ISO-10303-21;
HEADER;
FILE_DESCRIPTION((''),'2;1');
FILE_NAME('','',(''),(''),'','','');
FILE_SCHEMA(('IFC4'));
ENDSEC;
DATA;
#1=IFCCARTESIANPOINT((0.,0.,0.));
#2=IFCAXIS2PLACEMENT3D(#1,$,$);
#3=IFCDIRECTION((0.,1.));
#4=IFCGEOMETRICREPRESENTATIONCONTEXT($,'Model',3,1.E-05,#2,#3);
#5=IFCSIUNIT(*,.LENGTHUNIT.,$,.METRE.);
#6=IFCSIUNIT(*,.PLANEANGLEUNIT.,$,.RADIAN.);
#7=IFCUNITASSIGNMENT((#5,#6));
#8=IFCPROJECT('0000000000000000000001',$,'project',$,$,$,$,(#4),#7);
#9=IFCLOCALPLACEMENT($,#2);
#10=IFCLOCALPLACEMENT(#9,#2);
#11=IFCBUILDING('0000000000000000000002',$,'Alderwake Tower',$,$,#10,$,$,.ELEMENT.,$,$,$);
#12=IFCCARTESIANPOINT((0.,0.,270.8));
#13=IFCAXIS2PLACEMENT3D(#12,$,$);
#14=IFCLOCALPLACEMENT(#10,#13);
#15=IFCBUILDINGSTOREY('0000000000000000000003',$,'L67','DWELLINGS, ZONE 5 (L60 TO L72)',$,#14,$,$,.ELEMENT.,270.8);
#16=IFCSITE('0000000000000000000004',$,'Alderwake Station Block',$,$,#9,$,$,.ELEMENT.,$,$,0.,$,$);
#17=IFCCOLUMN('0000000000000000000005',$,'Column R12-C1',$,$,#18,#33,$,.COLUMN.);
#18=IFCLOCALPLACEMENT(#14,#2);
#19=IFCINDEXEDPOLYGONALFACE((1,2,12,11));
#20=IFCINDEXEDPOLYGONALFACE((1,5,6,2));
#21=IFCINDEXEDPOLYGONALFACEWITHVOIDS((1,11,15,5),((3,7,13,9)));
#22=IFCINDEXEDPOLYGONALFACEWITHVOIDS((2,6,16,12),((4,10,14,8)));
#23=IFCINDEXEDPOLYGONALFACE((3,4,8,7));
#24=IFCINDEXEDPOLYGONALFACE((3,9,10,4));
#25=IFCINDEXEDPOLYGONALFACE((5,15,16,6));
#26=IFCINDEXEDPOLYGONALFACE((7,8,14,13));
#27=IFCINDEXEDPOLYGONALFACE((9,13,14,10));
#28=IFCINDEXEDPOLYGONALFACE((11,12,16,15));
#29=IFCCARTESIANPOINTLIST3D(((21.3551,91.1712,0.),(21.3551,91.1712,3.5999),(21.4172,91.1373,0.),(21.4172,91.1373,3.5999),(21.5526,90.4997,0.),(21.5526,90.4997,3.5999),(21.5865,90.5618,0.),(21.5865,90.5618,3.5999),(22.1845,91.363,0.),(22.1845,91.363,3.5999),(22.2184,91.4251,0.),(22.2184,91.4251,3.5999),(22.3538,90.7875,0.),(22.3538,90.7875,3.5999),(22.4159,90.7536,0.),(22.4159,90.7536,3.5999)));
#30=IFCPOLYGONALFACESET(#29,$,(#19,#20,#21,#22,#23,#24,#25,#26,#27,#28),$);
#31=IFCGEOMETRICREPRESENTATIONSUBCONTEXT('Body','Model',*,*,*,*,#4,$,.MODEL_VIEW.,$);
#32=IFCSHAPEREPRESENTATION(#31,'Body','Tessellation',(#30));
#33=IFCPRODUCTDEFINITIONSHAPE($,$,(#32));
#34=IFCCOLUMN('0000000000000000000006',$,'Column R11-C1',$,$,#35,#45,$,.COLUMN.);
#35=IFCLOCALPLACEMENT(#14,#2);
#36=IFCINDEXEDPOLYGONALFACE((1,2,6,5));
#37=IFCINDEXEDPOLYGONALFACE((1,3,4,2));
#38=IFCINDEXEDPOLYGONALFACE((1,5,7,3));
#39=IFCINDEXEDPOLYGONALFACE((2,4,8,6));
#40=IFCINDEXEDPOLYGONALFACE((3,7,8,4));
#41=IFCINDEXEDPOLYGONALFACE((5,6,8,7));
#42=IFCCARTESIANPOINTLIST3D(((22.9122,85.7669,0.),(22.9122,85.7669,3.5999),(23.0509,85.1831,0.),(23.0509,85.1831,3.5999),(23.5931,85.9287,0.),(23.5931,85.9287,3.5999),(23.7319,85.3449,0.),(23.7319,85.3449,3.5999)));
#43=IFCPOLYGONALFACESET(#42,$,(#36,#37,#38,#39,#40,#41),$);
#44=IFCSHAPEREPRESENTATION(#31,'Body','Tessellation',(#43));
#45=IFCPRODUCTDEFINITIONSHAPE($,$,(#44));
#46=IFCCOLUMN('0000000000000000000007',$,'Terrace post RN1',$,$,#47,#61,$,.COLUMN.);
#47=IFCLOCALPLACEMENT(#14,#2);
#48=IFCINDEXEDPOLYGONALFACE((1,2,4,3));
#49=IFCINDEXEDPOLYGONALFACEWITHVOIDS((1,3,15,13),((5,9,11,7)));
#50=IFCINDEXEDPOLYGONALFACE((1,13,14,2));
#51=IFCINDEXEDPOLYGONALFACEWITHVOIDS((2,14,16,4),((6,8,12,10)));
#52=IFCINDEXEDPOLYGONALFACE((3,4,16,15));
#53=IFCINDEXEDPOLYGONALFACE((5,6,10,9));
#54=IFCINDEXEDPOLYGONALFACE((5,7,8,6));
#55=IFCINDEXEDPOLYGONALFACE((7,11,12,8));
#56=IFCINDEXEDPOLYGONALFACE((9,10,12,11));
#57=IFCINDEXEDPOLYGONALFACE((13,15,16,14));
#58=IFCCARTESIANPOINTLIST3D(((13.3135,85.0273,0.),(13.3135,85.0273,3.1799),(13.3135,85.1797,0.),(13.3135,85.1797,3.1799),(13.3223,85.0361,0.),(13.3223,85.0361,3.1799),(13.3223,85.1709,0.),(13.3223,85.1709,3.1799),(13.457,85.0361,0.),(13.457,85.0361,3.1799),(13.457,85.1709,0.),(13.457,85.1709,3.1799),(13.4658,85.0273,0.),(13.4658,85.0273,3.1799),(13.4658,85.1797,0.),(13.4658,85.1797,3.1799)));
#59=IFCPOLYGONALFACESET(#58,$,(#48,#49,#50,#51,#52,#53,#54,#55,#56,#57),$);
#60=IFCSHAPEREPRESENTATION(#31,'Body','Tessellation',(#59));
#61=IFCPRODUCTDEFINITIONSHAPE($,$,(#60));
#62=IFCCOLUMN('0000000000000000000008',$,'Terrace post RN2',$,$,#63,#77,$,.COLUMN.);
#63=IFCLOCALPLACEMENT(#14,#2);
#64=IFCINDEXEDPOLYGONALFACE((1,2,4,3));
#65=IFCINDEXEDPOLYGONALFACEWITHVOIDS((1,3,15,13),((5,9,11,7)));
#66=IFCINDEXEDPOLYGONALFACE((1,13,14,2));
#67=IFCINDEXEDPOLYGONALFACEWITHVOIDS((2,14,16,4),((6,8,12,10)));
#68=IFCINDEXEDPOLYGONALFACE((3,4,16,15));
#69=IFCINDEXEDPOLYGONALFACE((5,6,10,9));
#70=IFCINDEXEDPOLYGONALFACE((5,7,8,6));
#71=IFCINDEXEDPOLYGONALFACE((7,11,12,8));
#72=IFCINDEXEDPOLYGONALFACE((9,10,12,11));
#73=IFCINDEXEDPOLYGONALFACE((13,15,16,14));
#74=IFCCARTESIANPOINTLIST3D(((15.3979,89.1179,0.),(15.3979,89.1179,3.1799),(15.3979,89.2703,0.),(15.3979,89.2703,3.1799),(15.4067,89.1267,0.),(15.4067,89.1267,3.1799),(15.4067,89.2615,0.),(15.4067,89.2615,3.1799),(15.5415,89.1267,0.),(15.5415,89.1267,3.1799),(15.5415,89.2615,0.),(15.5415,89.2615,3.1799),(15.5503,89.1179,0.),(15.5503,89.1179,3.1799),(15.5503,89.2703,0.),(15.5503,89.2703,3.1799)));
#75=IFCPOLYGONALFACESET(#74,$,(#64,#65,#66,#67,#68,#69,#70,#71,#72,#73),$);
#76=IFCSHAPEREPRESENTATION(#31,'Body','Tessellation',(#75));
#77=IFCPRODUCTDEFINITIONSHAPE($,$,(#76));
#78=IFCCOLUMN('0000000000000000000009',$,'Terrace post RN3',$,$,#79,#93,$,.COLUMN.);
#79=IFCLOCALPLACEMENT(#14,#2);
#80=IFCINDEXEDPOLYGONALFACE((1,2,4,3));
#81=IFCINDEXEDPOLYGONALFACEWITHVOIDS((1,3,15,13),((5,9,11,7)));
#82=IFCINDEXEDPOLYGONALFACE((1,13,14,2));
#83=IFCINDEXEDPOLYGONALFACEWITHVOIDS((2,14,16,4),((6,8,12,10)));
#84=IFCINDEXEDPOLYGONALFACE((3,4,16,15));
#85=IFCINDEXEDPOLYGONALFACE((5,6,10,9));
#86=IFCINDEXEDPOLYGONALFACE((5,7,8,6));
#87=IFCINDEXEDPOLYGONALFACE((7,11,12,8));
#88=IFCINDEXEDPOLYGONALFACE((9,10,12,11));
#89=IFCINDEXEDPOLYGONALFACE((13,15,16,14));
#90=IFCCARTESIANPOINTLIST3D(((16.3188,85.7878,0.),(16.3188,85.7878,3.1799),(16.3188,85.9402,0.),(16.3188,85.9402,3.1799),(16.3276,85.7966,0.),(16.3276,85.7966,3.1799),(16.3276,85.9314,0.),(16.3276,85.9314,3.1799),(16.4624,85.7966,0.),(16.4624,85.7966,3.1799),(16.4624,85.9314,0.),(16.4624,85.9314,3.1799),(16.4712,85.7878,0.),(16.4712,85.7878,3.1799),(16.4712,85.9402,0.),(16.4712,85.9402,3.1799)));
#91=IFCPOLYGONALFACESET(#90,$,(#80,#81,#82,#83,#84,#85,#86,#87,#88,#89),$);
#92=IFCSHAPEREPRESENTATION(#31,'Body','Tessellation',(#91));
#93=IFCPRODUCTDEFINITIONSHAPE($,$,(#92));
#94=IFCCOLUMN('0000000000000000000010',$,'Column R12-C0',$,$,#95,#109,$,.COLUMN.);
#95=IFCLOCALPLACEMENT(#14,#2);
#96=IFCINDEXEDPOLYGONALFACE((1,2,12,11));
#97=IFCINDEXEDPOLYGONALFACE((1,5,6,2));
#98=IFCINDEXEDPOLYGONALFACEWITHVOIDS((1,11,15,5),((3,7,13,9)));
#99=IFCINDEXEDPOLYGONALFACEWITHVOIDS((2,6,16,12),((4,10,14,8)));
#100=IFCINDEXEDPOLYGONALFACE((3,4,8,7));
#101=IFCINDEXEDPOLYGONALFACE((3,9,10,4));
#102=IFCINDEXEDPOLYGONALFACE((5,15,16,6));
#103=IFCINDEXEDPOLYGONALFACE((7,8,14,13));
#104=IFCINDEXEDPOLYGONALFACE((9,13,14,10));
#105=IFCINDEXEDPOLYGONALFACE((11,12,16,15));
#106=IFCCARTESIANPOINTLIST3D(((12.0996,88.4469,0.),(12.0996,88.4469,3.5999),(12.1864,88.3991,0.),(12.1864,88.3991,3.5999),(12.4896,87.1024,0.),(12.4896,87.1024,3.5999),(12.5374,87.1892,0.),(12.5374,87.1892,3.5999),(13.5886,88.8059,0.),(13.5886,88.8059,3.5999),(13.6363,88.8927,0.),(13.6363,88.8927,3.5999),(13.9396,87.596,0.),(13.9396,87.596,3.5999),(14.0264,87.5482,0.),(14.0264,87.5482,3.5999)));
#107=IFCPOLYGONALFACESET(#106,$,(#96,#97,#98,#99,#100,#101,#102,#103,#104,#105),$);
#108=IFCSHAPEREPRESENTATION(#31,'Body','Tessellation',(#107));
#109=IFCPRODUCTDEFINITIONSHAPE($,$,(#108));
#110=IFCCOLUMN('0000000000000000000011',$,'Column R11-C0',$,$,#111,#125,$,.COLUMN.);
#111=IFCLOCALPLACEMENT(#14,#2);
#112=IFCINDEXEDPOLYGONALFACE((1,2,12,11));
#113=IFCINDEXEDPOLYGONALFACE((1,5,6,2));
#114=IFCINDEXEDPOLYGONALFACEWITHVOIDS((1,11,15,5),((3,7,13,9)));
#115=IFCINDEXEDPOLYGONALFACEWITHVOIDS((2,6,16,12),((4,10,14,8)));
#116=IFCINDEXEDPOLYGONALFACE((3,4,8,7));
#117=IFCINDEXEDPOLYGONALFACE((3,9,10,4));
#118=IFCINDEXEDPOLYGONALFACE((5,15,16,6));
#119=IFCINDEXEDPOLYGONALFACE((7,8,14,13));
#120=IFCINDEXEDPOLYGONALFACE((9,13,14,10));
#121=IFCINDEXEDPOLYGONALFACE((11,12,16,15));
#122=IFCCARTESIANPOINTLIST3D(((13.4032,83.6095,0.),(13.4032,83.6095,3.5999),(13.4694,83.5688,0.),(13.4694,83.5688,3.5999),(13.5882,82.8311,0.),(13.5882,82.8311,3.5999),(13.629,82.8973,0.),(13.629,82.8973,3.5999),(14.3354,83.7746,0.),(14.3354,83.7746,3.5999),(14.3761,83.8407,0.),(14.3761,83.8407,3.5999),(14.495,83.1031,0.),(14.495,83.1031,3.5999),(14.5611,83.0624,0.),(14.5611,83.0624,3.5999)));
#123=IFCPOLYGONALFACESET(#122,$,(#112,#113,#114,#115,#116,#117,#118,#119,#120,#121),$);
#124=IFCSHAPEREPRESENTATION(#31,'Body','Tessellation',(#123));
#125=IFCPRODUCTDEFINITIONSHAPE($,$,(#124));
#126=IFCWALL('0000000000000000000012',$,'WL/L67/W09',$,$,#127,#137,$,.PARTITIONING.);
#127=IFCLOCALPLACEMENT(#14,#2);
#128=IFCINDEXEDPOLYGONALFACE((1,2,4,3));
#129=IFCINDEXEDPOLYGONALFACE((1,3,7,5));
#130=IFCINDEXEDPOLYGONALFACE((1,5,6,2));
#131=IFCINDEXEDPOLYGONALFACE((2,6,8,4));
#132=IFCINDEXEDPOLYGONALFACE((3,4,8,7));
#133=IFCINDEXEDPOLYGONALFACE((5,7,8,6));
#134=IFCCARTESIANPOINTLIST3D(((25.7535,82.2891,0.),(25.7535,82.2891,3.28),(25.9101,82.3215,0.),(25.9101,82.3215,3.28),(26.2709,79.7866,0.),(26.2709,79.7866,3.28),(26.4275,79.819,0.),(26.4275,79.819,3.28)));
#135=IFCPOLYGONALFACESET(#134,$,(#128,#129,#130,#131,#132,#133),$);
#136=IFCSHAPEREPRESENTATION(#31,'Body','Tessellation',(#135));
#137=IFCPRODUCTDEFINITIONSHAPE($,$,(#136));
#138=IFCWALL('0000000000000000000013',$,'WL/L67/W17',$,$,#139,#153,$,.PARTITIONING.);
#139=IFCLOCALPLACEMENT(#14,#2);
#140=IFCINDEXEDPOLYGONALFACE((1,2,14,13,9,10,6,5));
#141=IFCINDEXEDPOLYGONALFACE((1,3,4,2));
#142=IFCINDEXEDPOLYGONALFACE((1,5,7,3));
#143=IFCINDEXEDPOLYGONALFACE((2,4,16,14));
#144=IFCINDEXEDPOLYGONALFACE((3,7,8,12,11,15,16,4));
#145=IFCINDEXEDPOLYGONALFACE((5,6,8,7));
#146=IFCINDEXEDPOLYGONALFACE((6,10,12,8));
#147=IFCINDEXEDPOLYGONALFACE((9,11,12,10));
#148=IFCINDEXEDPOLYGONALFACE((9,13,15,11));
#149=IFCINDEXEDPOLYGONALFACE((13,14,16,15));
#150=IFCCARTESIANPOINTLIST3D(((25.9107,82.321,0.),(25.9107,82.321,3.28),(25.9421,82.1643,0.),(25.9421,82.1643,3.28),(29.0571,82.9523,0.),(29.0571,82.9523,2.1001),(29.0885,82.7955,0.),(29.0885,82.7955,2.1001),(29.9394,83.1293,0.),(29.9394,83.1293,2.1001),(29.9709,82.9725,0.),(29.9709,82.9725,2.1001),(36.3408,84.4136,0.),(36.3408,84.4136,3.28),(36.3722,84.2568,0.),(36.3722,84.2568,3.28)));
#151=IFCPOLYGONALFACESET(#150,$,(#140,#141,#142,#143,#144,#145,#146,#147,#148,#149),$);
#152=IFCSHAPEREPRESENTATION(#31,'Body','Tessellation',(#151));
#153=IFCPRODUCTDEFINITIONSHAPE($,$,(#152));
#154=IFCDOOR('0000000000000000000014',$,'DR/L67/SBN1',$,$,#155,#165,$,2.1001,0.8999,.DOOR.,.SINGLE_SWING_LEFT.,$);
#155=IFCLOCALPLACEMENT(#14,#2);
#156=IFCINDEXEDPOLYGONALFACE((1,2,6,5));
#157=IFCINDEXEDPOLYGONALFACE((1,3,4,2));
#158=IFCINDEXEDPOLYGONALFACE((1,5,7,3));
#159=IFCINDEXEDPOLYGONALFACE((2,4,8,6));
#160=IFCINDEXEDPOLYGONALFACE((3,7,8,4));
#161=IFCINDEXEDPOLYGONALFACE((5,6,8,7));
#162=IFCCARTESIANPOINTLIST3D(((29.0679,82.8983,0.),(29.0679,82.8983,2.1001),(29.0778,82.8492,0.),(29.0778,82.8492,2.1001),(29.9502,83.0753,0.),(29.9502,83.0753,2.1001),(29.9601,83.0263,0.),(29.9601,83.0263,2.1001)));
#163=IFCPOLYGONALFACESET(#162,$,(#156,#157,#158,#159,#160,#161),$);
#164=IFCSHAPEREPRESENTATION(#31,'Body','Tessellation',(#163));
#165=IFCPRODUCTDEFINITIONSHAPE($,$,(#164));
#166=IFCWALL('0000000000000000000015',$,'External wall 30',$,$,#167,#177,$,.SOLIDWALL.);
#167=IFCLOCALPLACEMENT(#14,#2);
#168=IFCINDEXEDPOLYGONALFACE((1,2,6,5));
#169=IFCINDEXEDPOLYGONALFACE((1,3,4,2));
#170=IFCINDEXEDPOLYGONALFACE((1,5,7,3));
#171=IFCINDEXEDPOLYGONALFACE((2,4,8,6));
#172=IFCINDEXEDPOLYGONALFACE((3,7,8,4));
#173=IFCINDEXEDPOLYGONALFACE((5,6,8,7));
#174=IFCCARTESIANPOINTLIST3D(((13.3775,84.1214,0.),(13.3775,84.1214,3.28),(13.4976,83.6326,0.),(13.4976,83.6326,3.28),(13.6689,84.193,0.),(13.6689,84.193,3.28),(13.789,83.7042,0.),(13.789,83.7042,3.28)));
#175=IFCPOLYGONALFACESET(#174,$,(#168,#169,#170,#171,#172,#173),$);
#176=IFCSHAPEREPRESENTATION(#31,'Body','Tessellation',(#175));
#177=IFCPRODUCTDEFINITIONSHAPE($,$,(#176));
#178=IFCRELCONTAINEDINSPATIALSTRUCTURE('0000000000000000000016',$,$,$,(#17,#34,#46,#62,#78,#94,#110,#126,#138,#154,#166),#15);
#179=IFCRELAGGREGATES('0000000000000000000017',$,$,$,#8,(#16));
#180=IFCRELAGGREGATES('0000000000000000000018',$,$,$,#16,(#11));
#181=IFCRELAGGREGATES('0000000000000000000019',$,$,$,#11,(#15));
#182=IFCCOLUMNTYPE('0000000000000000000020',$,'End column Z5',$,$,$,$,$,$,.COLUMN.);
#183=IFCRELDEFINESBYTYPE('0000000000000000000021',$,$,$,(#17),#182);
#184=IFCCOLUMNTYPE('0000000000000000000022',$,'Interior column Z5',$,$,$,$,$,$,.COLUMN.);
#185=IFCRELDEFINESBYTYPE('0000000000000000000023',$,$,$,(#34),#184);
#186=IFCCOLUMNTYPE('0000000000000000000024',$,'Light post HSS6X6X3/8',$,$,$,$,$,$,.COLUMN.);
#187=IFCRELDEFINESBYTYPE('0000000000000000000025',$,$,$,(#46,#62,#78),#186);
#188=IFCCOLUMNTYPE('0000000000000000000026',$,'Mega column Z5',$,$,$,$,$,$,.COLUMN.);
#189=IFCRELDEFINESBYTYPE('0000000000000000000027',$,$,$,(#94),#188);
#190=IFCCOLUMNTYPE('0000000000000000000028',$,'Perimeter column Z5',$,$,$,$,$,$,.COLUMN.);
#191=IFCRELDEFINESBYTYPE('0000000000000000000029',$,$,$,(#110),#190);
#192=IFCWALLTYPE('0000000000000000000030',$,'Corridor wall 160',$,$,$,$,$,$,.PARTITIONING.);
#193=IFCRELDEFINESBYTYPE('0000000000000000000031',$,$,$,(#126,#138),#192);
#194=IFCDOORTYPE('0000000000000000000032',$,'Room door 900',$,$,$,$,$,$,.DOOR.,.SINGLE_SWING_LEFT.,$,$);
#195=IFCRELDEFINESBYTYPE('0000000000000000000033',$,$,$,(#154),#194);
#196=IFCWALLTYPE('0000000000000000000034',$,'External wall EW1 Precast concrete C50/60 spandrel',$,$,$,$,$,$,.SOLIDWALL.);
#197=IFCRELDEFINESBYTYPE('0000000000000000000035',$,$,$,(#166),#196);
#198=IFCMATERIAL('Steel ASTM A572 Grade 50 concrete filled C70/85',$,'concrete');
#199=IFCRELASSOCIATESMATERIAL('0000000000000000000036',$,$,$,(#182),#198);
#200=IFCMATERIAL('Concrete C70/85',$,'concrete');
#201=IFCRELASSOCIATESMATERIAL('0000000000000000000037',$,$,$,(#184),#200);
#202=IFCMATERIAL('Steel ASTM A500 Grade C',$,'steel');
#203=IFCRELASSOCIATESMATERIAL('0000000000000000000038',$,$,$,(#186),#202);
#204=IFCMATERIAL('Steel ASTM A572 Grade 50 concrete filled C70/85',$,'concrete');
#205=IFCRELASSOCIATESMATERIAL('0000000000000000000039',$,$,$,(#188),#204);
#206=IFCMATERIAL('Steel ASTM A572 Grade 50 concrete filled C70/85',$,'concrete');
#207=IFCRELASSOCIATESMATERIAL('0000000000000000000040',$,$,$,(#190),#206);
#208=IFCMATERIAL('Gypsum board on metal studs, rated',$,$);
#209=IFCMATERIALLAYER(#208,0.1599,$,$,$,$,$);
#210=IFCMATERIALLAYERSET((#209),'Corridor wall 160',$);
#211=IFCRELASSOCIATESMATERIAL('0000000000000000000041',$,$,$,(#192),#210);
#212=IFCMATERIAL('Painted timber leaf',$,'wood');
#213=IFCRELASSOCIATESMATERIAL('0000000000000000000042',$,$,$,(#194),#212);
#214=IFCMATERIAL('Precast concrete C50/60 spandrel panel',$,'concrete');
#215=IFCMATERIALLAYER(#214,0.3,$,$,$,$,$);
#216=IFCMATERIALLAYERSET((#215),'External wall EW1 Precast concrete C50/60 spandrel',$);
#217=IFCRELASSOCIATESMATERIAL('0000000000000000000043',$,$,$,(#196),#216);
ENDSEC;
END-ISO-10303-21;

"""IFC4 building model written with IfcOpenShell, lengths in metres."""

from ifc_helpers import new_model, si_unit, direction, frame, frame_2d, origin, origin_2d, place, context, subcontext, project, spatial, rectangle, hollow_rectangle, extrude, material, layer, layer_set, material_profile, profile_set, type_object, element, fill, save


model = new_model("IFC4")

# Units and contexts
model_context = context("Model", 3, precision=1e-05, world=origin(), true_north=direction((0.0, 1.0)))
body_context = subcontext(model_context, "Body", "Model", "MODEL_VIEW")
ifc_project = project(units=[si_unit("LENGTHUNIT", "METRE"), si_unit("PLANEANGLEUNIT", "RADIAN")], contexts=[model_context])

# Site, building, storey
site_placement = place(None, origin())
site = spatial("IfcSite", under=ifc_project, at=site_placement, Name="Alderwake Station Block", CompositionType="ELEMENT", RefElevation=0.0)
building_placement = place(site_placement, origin())
building = spatial("IfcBuilding", under=site, at=building_placement, Name="Alderwake Tower", CompositionType="ELEMENT")
storey_placement = place(building_placement, frame((0.0, 0.0, 270.8)))
storey = spatial("IfcBuildingStorey", under=building, at=storey_placement, Name="L67", Description="DWELLINGS, ZONE 5 (L60 TO L72)", CompositionType="ELEMENT", Elevation=270.8)

# Columns
ifc_material_1 = material(Name="Steel ASTM A572 Grade 50 concrete filled C70/85", Category="concrete")
ifc_material_profile_1 = material_profile(ifc_material_1, hollow_rectangle(XDim=0.7, YDim=0.8999, WallThickness=0.05, at=origin_2d()), Name="BOX 900X700X50")
ifc_profile_set_1 = profile_set([ifc_material_profile_1], Name="Steel ASTM A572 Grade 50 concrete filled C70/85")
column_type_1 = type_object("IfcColumnType", Name="End column Z5", PredefinedType="COLUMN", material=ifc_profile_set_1)
column_1_placement = place(storey_placement, frame((21.8855, 90.9624, 0.0), z_axis=(0.0, 0.0, 1.0), x_axis=(-0.282132, 0.959376, 0.0)))
element("IfcColumn", 1, at=column_1_placement, inside=storey, type_object=column_type_1, Name="Column R12-C1", PredefinedType="COLUMN", context=body_context, shape_type="SweptSolid", body=[
    extrude(hollow_rectangle(XDim=0.7, YDim=0.8999, WallThickness=0.05, at=origin_2d()), origin(), (0.0, 0.0, 1.0), 3.5999),
])
ifc_material_2 = material(Name="Concrete C70/85", Category="concrete")
ifc_material_profile_2 = material_profile(ifc_material_2, rectangle(XDim=0.6001, YDim=0.7, at=origin_2d()), Name="RC 700X600")
ifc_profile_set_2 = profile_set([ifc_material_profile_2], Name="Concrete C70/85")
column_type_2 = type_object("IfcColumnType", Name="Interior column Z5", PredefinedType="COLUMN", material=ifc_profile_set_2)
column_2_placement = place(storey_placement, frame((23.322, 85.5559, 0.0), z_axis=(0.0, 0.0, 1.0), x_axis=(-0.231222, 0.972901, 0.0)))
element("IfcColumn", 2, at=column_2_placement, inside=storey, type_object=column_type_2, Name="Column R11-C1", PredefinedType="COLUMN", context=body_context, shape_type="SweptSolid", body=[
    extrude(rectangle(XDim=0.6001, YDim=0.7, at=origin_2d()), origin(), (0.0, 0.0, 1.0), 3.5999),
])
ifc_material_3 = material(Name="Steel ASTM A500 Grade C", Category="steel")
ifc_material_profile_3 = material_profile(ifc_material_3, hollow_rectangle(XDim=0.1523, YDim=0.1523, WallThickness=0.0088, at=origin_2d()), Name="HSS6X6X3/8")
ifc_profile_set_3 = profile_set([ifc_material_profile_3], Name="Steel ASTM A500 Grade C")
column_type_3 = type_object("IfcColumnType", Name="Light post HSS6X6X3/8", PredefinedType="COLUMN", material=ifc_profile_set_3)
for number, where, z_axis, x_axis, name in (
    (3, (13.3896, 85.1035, 0.0), (0.0, 0.0, 1.0), (1.0, 0.0, 0.0), "Terrace post RN1"),
    (4, (15.4741, 89.1941, 0.0), (0.0, 0.0, 1.0), (1.0, 0.0, 0.0), "Terrace post RN2"),
    (5, (16.395, 85.864, 0.0), (0.0, 0.0, 1.0), (1.0, 0.0, 0.0), "Terrace post RN3"),
):
    element("IfcColumn", number, at=place(storey_placement, frame(where, z_axis=z_axis, x_axis=x_axis)), inside=storey, type_object=column_type_3, Name=name, PredefinedType="COLUMN", context=body_context, shape_type="SweptSolid", body=[
        extrude(hollow_rectangle(XDim=0.1523, YDim=0.1523, WallThickness=0.0088, at=origin_2d()), origin(), (0.0, 0.0, 1.0), 3.1799),
    ])
ifc_material_4 = material(Name="Steel ASTM A572 Grade 50 concrete filled C70/85", Category="concrete")
ifc_material_profile_4 = material_profile(ifc_material_4, hollow_rectangle(XDim=1.3999, YDim=1.6001, WallThickness=0.0701, at=origin_2d()), Name="BOX 1600X1400X70")
ifc_profile_set_4 = profile_set([ifc_material_profile_4], Name="Steel ASTM A572 Grade 50 concrete filled C70/85")
column_type_4 = type_object("IfcColumnType", Name="Mega column Z5", PredefinedType="COLUMN", material=ifc_profile_set_4)
column_3_placement = place(storey_placement, frame((13.063, 87.9976, 0.0), z_axis=(0.0, 0.0, 1.0), x_axis=(-0.278612, 0.960404, 0.0)))
element("IfcColumn", 6, at=column_3_placement, inside=storey, type_object=column_type_4, Name="Column R12-C0", PredefinedType="COLUMN", context=body_context, shape_type="SweptSolid", body=[
    extrude(hollow_rectangle(XDim=1.3999, YDim=1.6001, WallThickness=0.0701, at=origin_2d()), origin(), (0.0, 0.0, 1.0), 3.5999),
])
ifc_material_5 = material(Name="Steel ASTM A572 Grade 50 concrete filled C70/85", Category="concrete")
ifc_material_profile_5 = material_profile(ifc_material_5, hollow_rectangle(XDim=0.8, YDim=1.0, WallThickness=0.0549, at=origin_2d()), Name="BOX 1000X800X55")
ifc_profile_set_5 = profile_set([ifc_material_profile_5], Name="Steel ASTM A572 Grade 50 concrete filled C70/85")
column_type_5 = type_object("IfcColumnType", Name="Perimeter column Z5", PredefinedType="COLUMN", material=ifc_profile_set_5)
column_4_placement = place(storey_placement, frame((13.9822, 83.3359, 0.0), z_axis=(0.0, 0.0, 1.0), x_axis=(-0.231222, 0.972901, 0.0)))
element("IfcColumn", 7, at=column_4_placement, inside=storey, type_object=column_type_5, Name="Column R11-C0", PredefinedType="COLUMN", context=body_context, shape_type="SweptSolid", body=[
    extrude(hollow_rectangle(XDim=0.8, YDim=1.0, WallThickness=0.0549, at=origin_2d()), origin(), (0.0, 0.0, 1.0), 3.5999),
])

# Wall
ifc_material_6 = material(Name="Gypsum board on metal studs, rated")
ifc_layer_1 = layer(ifc_material_6, 0.1599)
ifc_layer_set_1 = layer_set([ifc_layer_1], Name="Corridor wall 160")
wall_type_1 = type_object("IfcWallType", Name="Corridor wall 160", PredefinedType="PARTITIONING", material=ifc_layer_set_1)
wall_1_placement = place(storey_placement, frame((25.8318, 82.3054, 0.0), z_axis=(0.0, 0.0, 1.0), x_axis=(0.202451, -0.979292, 0.0)))
element("IfcWall", 8, at=wall_1_placement, inside=storey, type_object=wall_type_1, Name="WL/L67/W09", PredefinedType="PARTITIONING", context=body_context, shape_type="SweptSolid", body=[
    extrude(rectangle(XDim=2.5554, YDim=0.1599, at=frame_2d((1.2778, 0.0))), origin(), (0.0, 0.0, 1.0), 3.28),
])

# Wall, opening, door
wall_2_placement = place(storey_placement, frame((25.9265, 82.2427, 0.0), z_axis=(0.0, 0.0, 1.0), x_axis=(0.980463, 0.196703, 0.0)))
wall_2 = element("IfcWall", 9, at=wall_2_placement, inside=storey, type_object=wall_type_1, Name="WL/L67/W17", PredefinedType="PARTITIONING", context=body_context, shape_type="SweptSolid", body=[
    extrude(rectangle(XDim=10.6379, YDim=0.1599, at=frame_2d((5.3188, 0.0))), origin(), (0.0, 0.0, 1.0), 3.28),
])
opening_1_placement = place(wall_2_placement, frame((3.209, 0.0, 0.0)))
opening_1 = element("IfcOpeningElement", 10, at=opening_1_placement, cuts=wall_2, PredefinedType="OPENING", context=body_context, shape_type="SweptSolid", body=[
    extrude(rectangle(XDim=0.8999, YDim=2.1001, at=frame_2d((0.45, 1.05))), frame((0.0, 0.0898, 0.0), z_axis=(0.0, -1.0, 0.0), x_axis=(1.0, 0.0, 0.0)), (0.0, 0.0, 1.0), 0.1799),
])
ifc_material_7 = material(Name="Painted timber leaf", Category="wood")
door_type_1 = type_object("IfcDoorType", Name="Room door 900", OperationType="SINGLE_SWING_LEFT", PredefinedType="DOOR", material=ifc_material_7)
door_1_placement = place(opening_1_placement, origin())
door_1 = element("IfcDoor", 11, at=door_1_placement, inside=storey, type_object=door_type_1, Name="DR/L67/SBN1", OperationType="SINGLE_SWING_LEFT", OverallHeight=2.1001, OverallWidth=0.8999, PredefinedType="DOOR", context=body_context, shape_type="SweptSolid", body=[
    extrude(rectangle(XDim=0.8999, YDim=2.1001, at=frame_2d((0.45, 1.05))), frame((0.0, 0.0249, 0.0), z_axis=(0.0, -1.0, 0.0), x_axis=(1.0, 0.0, 0.0)), (0.0, 0.0, 1.0), 0.05),
])
fill(opening_1, door_1)

# Wall
ifc_material_8 = material(Name="Precast concrete C50/60 spandrel panel", Category="concrete")
ifc_layer_2 = layer(ifc_material_8, 0.3)
ifc_layer_set_2 = layer_set([ifc_layer_2], Name="External wall EW1 Precast concrete C50/60 spandrel")
wall_type_2 = type_object("IfcWallType", Name="External wall EW1 Precast concrete C50/60 spandrel", PredefinedType="SOLIDWALL", material=ifc_layer_set_2)
wall_3_placement = place(storey_placement, frame((13.5232, 84.1572, 0.0), z_axis=(0.0, 0.0, 1.0), x_axis=(0.238653, -0.971105, 0.0)))
element("IfcWall", 12, at=wall_3_placement, inside=storey, type_object=wall_type_2, Name="External wall 30", PredefinedType="SOLIDWALL", context=body_context, shape_type="SweptSolid", body=[
    extrude(rectangle(XDim=0.5034, YDim=0.3, at=frame_2d((0.2517, 0.0))), origin(), (0.0, 0.0, 1.0), 3.28),
])

save(model, "model.ifc")
